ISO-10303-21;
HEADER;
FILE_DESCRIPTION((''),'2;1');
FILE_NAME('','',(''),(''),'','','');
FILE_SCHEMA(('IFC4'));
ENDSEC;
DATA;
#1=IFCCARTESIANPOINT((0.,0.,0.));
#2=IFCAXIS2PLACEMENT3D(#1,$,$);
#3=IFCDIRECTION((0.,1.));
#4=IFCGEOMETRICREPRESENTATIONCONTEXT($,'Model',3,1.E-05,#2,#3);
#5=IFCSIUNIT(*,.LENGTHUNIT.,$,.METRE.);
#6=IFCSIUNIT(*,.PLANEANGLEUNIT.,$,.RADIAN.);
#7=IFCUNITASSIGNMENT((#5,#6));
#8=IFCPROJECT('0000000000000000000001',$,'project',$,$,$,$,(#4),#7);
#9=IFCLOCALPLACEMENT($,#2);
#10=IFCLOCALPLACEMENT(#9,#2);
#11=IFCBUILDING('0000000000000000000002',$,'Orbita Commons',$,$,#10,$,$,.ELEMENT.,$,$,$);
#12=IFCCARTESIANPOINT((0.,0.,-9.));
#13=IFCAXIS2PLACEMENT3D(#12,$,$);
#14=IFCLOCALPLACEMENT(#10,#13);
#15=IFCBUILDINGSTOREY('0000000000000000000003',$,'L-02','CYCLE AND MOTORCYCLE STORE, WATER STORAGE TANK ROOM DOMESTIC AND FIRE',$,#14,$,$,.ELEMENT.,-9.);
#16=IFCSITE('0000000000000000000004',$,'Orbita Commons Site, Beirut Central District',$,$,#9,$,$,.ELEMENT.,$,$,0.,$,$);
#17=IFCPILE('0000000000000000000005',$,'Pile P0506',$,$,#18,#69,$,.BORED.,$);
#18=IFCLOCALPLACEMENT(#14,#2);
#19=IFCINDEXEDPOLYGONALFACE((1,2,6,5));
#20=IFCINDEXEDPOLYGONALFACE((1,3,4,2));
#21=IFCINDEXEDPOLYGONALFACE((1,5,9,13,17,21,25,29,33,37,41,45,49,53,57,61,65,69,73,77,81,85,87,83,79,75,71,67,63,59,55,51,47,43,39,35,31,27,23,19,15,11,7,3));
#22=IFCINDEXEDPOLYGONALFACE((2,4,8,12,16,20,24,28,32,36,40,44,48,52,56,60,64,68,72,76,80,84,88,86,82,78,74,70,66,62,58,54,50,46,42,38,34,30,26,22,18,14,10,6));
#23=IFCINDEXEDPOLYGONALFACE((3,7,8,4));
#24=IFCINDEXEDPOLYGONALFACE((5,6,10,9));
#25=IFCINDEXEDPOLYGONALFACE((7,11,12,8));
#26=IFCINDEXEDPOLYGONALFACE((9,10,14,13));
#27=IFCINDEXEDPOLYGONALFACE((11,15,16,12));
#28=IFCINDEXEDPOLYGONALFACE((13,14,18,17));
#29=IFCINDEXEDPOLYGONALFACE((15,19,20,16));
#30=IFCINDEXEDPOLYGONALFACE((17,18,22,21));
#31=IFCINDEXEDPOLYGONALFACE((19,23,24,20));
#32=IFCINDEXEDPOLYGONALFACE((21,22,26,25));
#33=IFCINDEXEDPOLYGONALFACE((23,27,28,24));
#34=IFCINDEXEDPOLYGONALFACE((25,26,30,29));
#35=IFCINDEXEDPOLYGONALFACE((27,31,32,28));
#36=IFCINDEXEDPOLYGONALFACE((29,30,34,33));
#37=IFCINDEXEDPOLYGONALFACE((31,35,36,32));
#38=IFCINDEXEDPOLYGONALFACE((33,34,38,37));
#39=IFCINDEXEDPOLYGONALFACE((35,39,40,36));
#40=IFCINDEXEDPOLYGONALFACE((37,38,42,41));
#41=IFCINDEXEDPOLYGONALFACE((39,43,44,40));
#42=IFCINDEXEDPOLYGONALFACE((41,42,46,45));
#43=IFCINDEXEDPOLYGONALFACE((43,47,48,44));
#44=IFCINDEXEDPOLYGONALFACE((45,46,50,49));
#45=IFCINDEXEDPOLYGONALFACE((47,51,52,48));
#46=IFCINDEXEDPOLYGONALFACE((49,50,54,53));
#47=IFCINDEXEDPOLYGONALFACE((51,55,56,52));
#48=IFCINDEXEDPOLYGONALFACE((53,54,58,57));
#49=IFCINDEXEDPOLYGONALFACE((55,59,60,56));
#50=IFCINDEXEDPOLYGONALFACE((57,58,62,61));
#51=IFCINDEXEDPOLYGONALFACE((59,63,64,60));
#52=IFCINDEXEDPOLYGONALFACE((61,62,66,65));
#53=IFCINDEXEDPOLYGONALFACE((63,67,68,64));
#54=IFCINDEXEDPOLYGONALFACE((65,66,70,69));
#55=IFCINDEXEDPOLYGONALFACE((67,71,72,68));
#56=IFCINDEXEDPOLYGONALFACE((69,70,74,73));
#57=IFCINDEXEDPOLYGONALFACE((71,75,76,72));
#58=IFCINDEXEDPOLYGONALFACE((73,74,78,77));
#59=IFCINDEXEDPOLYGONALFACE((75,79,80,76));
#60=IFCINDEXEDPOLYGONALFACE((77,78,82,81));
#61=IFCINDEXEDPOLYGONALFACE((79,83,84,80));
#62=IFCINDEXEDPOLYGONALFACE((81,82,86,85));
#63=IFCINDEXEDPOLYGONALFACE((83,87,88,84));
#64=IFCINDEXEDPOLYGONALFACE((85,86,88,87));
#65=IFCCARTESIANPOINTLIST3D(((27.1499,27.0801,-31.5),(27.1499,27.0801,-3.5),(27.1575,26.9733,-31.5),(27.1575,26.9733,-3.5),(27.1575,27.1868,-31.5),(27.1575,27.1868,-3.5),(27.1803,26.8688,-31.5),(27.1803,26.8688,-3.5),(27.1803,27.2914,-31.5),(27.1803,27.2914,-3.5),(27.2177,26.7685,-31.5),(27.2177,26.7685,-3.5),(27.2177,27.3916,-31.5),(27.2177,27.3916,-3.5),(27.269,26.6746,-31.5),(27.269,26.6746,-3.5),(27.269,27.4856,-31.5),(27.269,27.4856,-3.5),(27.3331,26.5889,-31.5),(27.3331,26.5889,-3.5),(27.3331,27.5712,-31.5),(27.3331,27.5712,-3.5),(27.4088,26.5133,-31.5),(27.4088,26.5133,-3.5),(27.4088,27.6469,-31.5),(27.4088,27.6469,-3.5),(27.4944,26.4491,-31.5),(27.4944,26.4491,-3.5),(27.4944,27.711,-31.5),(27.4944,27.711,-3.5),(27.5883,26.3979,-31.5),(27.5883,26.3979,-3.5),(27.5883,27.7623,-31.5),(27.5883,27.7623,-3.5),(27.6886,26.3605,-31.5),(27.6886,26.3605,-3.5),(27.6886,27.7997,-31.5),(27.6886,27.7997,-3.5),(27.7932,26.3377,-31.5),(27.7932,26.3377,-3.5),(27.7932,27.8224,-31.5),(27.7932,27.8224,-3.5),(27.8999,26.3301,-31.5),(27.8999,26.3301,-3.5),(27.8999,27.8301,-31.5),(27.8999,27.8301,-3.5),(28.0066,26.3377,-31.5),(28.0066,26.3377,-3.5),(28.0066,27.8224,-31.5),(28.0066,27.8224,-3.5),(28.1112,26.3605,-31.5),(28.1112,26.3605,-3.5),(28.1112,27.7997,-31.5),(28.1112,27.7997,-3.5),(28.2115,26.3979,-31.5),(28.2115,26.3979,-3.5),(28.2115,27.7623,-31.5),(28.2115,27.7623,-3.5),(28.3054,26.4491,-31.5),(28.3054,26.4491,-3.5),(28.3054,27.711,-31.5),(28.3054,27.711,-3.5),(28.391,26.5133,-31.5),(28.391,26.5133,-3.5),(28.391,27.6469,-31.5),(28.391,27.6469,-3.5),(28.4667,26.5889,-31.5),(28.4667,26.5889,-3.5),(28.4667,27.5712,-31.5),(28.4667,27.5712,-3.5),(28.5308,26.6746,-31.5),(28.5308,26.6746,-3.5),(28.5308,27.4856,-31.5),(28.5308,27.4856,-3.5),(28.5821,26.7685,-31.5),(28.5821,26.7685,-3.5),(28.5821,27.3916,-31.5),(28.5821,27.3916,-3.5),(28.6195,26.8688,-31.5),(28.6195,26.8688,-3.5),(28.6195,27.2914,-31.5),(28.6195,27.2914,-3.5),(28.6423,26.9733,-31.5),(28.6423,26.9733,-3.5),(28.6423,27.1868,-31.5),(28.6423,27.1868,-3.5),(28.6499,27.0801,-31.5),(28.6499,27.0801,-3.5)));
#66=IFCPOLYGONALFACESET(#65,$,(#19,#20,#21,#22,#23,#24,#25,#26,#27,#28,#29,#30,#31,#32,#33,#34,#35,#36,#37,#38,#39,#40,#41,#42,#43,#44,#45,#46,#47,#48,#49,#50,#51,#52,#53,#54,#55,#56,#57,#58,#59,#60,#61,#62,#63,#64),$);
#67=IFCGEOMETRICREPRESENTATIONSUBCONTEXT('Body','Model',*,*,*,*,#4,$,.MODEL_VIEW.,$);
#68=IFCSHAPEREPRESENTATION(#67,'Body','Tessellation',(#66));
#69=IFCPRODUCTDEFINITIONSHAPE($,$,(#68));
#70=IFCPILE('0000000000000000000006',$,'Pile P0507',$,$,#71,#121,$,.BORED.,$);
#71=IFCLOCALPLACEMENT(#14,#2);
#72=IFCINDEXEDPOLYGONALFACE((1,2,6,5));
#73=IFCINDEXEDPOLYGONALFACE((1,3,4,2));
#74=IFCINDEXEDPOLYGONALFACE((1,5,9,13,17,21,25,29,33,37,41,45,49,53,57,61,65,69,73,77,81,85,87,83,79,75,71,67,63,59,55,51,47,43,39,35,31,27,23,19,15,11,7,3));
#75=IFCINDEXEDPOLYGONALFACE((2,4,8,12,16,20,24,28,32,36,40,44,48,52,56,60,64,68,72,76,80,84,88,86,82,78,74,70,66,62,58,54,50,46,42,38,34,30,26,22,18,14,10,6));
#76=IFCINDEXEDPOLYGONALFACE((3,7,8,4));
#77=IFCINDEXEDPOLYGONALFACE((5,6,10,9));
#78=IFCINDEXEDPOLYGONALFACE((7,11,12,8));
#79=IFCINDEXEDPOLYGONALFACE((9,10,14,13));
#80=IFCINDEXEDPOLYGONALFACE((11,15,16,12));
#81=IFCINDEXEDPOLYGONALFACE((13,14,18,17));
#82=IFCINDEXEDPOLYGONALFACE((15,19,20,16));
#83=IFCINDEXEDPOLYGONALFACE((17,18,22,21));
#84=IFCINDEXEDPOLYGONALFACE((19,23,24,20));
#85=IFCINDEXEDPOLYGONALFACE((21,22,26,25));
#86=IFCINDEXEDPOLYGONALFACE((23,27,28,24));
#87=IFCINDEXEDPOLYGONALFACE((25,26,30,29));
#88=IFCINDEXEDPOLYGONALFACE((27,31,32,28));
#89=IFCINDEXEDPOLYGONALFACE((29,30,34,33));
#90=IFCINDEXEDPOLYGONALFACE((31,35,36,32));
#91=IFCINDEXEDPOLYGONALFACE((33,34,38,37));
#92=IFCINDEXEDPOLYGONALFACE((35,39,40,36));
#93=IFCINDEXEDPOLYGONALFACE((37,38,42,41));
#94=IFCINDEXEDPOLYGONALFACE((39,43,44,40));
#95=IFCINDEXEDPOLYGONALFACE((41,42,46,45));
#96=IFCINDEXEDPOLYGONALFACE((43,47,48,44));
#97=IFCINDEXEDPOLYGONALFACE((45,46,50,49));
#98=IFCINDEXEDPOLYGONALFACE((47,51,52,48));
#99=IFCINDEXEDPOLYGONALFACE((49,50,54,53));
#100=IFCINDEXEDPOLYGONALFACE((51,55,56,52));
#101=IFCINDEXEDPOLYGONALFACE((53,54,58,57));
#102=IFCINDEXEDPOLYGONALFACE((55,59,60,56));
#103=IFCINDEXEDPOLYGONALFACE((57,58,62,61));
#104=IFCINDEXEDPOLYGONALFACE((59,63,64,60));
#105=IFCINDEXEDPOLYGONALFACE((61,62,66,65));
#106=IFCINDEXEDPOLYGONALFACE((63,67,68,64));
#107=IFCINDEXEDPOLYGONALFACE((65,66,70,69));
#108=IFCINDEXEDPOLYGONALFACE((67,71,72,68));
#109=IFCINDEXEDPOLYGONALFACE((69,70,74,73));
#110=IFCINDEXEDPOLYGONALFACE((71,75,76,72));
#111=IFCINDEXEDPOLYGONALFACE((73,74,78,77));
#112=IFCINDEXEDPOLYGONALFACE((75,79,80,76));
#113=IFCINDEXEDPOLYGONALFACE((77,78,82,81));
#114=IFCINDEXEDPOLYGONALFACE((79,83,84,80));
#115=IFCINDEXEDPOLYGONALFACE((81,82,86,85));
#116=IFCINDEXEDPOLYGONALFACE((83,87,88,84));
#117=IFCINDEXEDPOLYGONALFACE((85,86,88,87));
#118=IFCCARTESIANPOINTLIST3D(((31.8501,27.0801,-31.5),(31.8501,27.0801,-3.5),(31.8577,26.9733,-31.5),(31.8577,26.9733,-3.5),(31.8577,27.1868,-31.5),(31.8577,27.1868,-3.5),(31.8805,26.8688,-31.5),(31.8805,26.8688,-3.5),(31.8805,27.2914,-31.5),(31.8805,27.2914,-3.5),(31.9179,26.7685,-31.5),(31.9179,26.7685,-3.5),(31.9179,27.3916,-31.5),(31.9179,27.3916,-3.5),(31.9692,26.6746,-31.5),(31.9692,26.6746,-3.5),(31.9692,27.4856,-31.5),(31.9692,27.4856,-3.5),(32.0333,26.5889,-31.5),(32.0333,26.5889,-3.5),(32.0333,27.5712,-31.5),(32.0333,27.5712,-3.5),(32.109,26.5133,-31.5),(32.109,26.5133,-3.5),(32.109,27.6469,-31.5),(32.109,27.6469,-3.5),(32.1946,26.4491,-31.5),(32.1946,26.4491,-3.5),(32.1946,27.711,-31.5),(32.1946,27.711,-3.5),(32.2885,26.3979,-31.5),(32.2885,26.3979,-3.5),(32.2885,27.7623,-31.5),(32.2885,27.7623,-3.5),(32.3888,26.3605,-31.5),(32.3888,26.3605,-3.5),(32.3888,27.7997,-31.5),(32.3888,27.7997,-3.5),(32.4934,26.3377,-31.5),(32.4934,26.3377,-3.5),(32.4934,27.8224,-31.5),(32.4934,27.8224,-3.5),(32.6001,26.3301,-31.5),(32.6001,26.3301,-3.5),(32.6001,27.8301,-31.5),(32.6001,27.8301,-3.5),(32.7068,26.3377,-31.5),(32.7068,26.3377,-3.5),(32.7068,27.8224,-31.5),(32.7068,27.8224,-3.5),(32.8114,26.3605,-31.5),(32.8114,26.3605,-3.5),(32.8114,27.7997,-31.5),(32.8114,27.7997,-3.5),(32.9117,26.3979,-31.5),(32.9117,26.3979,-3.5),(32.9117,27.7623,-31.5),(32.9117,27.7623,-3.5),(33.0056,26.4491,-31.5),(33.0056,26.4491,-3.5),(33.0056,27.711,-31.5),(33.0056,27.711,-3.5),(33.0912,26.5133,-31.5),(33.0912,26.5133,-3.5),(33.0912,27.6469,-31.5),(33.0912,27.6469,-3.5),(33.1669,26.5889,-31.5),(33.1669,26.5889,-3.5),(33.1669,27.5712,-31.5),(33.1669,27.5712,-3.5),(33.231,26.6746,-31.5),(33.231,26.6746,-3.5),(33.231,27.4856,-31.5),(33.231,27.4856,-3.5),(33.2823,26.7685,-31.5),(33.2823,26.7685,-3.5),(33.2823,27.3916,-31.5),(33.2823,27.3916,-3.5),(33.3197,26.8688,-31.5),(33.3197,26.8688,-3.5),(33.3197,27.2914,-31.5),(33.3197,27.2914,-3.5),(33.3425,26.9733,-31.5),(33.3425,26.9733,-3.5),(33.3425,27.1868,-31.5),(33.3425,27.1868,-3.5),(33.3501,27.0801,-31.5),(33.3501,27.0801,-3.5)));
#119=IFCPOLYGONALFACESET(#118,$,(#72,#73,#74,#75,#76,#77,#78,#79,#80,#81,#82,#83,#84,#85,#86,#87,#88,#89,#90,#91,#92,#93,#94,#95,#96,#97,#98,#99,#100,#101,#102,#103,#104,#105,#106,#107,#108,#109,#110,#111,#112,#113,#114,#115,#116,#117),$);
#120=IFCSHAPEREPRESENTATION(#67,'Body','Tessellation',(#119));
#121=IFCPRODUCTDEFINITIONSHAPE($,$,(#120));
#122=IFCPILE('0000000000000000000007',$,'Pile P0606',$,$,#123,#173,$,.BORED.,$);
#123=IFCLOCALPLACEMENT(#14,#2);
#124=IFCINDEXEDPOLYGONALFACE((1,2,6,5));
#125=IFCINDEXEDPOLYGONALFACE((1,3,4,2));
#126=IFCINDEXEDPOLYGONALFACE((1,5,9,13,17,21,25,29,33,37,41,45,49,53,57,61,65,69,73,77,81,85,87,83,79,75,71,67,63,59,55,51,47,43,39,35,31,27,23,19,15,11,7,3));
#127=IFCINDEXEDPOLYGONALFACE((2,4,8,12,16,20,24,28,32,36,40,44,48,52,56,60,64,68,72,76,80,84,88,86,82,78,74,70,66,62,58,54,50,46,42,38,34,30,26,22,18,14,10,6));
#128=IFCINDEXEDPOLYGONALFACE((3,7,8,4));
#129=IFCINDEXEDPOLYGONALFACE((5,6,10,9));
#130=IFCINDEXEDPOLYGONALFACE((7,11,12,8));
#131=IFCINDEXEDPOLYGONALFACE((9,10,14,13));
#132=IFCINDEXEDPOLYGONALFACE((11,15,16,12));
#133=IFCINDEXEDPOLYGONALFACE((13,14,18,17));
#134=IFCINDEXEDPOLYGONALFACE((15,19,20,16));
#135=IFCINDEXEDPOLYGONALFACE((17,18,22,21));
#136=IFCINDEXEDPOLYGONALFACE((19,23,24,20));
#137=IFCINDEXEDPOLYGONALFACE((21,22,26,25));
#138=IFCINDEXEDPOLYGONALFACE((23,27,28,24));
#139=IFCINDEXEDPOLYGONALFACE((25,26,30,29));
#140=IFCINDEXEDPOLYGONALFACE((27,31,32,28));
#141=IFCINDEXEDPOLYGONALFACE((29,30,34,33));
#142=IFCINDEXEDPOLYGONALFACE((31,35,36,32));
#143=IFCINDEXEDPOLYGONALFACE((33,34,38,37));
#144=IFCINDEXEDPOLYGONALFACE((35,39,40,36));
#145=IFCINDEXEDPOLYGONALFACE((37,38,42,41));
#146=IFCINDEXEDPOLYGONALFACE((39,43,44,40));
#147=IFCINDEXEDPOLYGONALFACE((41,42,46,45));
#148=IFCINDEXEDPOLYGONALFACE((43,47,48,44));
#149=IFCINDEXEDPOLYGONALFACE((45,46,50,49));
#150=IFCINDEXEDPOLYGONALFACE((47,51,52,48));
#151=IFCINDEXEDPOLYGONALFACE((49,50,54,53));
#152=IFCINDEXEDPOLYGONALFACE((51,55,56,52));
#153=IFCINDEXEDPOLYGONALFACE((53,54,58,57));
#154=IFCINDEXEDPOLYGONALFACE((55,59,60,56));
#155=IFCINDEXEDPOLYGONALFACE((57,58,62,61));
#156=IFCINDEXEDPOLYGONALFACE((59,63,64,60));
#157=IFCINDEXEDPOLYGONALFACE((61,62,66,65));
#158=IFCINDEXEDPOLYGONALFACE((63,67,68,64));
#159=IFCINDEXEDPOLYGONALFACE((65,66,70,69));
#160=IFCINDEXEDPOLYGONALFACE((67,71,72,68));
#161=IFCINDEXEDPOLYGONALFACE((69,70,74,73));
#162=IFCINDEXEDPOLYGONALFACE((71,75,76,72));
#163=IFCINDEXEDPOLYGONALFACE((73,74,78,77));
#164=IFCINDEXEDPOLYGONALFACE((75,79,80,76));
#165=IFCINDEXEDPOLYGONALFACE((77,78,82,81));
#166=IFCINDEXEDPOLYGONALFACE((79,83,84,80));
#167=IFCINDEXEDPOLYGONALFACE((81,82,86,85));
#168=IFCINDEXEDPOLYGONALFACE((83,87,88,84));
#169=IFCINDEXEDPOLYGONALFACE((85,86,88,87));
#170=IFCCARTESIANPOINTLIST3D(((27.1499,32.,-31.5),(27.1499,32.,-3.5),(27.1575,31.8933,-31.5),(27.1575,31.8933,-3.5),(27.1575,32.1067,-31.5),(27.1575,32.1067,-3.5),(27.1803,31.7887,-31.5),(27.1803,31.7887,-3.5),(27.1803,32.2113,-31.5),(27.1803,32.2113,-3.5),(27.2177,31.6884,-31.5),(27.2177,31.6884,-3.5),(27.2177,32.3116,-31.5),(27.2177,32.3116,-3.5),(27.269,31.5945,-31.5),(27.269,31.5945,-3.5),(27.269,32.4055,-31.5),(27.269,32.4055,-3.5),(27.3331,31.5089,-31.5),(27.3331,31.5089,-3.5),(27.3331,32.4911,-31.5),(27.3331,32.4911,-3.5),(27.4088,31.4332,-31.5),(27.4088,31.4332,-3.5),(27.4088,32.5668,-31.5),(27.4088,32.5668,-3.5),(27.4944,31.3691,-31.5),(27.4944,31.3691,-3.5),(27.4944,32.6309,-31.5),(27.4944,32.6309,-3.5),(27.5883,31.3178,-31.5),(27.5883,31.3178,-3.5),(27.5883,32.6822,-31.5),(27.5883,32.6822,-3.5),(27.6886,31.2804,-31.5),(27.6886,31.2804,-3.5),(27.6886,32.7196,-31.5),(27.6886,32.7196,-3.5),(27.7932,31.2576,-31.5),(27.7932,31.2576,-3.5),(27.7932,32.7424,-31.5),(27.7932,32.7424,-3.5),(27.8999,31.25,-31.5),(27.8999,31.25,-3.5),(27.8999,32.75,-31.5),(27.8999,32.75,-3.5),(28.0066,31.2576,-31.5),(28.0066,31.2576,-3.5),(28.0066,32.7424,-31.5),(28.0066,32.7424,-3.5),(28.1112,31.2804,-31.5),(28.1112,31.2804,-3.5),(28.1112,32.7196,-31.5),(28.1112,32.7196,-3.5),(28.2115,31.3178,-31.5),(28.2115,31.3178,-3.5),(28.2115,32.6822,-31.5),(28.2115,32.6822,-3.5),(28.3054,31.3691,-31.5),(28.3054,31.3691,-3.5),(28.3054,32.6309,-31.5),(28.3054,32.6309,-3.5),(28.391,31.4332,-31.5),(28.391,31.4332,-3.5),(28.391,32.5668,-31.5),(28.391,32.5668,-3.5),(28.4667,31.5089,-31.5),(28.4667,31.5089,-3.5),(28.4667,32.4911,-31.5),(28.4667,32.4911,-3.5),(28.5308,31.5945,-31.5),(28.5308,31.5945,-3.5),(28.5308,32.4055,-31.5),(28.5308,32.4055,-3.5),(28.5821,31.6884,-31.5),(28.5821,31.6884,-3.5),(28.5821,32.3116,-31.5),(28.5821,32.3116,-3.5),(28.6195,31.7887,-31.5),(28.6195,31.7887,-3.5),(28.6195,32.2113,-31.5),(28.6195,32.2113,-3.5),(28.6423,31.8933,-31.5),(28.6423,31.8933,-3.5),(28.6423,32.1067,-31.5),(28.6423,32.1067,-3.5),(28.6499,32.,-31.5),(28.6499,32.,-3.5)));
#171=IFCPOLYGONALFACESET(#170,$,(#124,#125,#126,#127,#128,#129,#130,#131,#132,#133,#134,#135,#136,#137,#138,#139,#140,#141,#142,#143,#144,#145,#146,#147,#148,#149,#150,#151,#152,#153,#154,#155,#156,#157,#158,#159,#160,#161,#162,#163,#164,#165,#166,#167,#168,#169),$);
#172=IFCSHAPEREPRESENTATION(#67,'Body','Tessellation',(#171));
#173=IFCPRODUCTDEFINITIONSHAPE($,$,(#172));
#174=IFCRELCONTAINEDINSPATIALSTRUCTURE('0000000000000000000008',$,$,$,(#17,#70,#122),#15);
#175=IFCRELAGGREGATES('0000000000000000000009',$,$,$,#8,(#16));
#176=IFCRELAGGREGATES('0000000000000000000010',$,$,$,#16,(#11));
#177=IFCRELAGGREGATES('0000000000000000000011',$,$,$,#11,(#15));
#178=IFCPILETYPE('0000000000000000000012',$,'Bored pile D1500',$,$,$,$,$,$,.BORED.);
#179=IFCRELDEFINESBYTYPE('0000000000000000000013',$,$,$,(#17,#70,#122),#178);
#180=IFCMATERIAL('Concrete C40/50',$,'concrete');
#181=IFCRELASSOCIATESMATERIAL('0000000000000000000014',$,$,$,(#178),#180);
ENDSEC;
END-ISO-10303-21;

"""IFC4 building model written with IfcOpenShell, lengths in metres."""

from ifc_helpers import new_model, si_unit, direction, frame, origin, origin_2d, place, context, subcontext, project, spatial, circle, extrude, material, material_profile, profile_set, type_object, element, save


model = new_model("IFC4")

# Units and contexts
model_context = context("Model", 3, precision=1e-05, world=origin(), true_north=direction((0.0, 1.0)))
body_context = subcontext(model_context, "Body", "Model", "MODEL_VIEW")
ifc_project = project(units=[si_unit("LENGTHUNIT", "METRE"), si_unit("PLANEANGLEUNIT", "RADIAN")], contexts=[model_context])

# Site, building, storey
site_placement = place(None, origin())
site = spatial("IfcSite", under=ifc_project, at=site_placement, Name="Orbita Commons Site, Beirut Central District", CompositionType="ELEMENT", RefElevation=0.0)
building_placement = place(site_placement, origin())
building = spatial("IfcBuilding", under=site, at=building_placement, Name="Orbita Commons", CompositionType="ELEMENT")
storey_placement = place(building_placement, frame((0.0, 0.0, -9.0)))
storey = spatial("IfcBuildingStorey", under=building, at=storey_placement, Name="L-02", Description="CYCLE AND MOTORCYCLE STORE, WATER STORAGE TANK ROOM DOMESTIC AND FIRE", CompositionType="ELEMENT", Elevation=-9.0)

# Piles
ifc_material_1 = material(Name="Concrete C40/50", Category="concrete")
ifc_material_profile = material_profile(ifc_material_1, circle(Radius=0.75, at=origin_2d()), Name="RC D1500")
ifc_profile_set = profile_set([ifc_material_profile], Name="Concrete C40/50")
pile_type = type_object("IfcPileType", Name="Bored pile D1500", PredefinedType="BORED", material=ifc_profile_set)
for number, where, z_axis, x_axis, name in (
    (1, (27.8999, 27.0801, -3.5), (0.0, 0.0, -1.0), (1.0, 0.0, 0.0), "Pile P0506"),
    (2, (32.6001, 27.0801, -3.5), (0.0, 0.0, -1.0), (1.0, 0.0, 0.0), "Pile P0507"),
    (3, (27.8999, 32.0, -3.5), (0.0, 0.0, -1.0), (1.0, 0.0, 0.0), "Pile P0606"),
):
    element("IfcPile", number, at=place(storey_placement, frame(where, z_axis=z_axis, x_axis=x_axis)), inside=storey, type_object=pile_type, Name=name, PredefinedType="BORED", context=body_context, shape_type="SweptSolid", body=[
        extrude(circle(Radius=0.75, at=origin_2d()), origin(), (0.0, 0.0, 1.0), 28.0),
    ])

save(model, "model.ifc")
